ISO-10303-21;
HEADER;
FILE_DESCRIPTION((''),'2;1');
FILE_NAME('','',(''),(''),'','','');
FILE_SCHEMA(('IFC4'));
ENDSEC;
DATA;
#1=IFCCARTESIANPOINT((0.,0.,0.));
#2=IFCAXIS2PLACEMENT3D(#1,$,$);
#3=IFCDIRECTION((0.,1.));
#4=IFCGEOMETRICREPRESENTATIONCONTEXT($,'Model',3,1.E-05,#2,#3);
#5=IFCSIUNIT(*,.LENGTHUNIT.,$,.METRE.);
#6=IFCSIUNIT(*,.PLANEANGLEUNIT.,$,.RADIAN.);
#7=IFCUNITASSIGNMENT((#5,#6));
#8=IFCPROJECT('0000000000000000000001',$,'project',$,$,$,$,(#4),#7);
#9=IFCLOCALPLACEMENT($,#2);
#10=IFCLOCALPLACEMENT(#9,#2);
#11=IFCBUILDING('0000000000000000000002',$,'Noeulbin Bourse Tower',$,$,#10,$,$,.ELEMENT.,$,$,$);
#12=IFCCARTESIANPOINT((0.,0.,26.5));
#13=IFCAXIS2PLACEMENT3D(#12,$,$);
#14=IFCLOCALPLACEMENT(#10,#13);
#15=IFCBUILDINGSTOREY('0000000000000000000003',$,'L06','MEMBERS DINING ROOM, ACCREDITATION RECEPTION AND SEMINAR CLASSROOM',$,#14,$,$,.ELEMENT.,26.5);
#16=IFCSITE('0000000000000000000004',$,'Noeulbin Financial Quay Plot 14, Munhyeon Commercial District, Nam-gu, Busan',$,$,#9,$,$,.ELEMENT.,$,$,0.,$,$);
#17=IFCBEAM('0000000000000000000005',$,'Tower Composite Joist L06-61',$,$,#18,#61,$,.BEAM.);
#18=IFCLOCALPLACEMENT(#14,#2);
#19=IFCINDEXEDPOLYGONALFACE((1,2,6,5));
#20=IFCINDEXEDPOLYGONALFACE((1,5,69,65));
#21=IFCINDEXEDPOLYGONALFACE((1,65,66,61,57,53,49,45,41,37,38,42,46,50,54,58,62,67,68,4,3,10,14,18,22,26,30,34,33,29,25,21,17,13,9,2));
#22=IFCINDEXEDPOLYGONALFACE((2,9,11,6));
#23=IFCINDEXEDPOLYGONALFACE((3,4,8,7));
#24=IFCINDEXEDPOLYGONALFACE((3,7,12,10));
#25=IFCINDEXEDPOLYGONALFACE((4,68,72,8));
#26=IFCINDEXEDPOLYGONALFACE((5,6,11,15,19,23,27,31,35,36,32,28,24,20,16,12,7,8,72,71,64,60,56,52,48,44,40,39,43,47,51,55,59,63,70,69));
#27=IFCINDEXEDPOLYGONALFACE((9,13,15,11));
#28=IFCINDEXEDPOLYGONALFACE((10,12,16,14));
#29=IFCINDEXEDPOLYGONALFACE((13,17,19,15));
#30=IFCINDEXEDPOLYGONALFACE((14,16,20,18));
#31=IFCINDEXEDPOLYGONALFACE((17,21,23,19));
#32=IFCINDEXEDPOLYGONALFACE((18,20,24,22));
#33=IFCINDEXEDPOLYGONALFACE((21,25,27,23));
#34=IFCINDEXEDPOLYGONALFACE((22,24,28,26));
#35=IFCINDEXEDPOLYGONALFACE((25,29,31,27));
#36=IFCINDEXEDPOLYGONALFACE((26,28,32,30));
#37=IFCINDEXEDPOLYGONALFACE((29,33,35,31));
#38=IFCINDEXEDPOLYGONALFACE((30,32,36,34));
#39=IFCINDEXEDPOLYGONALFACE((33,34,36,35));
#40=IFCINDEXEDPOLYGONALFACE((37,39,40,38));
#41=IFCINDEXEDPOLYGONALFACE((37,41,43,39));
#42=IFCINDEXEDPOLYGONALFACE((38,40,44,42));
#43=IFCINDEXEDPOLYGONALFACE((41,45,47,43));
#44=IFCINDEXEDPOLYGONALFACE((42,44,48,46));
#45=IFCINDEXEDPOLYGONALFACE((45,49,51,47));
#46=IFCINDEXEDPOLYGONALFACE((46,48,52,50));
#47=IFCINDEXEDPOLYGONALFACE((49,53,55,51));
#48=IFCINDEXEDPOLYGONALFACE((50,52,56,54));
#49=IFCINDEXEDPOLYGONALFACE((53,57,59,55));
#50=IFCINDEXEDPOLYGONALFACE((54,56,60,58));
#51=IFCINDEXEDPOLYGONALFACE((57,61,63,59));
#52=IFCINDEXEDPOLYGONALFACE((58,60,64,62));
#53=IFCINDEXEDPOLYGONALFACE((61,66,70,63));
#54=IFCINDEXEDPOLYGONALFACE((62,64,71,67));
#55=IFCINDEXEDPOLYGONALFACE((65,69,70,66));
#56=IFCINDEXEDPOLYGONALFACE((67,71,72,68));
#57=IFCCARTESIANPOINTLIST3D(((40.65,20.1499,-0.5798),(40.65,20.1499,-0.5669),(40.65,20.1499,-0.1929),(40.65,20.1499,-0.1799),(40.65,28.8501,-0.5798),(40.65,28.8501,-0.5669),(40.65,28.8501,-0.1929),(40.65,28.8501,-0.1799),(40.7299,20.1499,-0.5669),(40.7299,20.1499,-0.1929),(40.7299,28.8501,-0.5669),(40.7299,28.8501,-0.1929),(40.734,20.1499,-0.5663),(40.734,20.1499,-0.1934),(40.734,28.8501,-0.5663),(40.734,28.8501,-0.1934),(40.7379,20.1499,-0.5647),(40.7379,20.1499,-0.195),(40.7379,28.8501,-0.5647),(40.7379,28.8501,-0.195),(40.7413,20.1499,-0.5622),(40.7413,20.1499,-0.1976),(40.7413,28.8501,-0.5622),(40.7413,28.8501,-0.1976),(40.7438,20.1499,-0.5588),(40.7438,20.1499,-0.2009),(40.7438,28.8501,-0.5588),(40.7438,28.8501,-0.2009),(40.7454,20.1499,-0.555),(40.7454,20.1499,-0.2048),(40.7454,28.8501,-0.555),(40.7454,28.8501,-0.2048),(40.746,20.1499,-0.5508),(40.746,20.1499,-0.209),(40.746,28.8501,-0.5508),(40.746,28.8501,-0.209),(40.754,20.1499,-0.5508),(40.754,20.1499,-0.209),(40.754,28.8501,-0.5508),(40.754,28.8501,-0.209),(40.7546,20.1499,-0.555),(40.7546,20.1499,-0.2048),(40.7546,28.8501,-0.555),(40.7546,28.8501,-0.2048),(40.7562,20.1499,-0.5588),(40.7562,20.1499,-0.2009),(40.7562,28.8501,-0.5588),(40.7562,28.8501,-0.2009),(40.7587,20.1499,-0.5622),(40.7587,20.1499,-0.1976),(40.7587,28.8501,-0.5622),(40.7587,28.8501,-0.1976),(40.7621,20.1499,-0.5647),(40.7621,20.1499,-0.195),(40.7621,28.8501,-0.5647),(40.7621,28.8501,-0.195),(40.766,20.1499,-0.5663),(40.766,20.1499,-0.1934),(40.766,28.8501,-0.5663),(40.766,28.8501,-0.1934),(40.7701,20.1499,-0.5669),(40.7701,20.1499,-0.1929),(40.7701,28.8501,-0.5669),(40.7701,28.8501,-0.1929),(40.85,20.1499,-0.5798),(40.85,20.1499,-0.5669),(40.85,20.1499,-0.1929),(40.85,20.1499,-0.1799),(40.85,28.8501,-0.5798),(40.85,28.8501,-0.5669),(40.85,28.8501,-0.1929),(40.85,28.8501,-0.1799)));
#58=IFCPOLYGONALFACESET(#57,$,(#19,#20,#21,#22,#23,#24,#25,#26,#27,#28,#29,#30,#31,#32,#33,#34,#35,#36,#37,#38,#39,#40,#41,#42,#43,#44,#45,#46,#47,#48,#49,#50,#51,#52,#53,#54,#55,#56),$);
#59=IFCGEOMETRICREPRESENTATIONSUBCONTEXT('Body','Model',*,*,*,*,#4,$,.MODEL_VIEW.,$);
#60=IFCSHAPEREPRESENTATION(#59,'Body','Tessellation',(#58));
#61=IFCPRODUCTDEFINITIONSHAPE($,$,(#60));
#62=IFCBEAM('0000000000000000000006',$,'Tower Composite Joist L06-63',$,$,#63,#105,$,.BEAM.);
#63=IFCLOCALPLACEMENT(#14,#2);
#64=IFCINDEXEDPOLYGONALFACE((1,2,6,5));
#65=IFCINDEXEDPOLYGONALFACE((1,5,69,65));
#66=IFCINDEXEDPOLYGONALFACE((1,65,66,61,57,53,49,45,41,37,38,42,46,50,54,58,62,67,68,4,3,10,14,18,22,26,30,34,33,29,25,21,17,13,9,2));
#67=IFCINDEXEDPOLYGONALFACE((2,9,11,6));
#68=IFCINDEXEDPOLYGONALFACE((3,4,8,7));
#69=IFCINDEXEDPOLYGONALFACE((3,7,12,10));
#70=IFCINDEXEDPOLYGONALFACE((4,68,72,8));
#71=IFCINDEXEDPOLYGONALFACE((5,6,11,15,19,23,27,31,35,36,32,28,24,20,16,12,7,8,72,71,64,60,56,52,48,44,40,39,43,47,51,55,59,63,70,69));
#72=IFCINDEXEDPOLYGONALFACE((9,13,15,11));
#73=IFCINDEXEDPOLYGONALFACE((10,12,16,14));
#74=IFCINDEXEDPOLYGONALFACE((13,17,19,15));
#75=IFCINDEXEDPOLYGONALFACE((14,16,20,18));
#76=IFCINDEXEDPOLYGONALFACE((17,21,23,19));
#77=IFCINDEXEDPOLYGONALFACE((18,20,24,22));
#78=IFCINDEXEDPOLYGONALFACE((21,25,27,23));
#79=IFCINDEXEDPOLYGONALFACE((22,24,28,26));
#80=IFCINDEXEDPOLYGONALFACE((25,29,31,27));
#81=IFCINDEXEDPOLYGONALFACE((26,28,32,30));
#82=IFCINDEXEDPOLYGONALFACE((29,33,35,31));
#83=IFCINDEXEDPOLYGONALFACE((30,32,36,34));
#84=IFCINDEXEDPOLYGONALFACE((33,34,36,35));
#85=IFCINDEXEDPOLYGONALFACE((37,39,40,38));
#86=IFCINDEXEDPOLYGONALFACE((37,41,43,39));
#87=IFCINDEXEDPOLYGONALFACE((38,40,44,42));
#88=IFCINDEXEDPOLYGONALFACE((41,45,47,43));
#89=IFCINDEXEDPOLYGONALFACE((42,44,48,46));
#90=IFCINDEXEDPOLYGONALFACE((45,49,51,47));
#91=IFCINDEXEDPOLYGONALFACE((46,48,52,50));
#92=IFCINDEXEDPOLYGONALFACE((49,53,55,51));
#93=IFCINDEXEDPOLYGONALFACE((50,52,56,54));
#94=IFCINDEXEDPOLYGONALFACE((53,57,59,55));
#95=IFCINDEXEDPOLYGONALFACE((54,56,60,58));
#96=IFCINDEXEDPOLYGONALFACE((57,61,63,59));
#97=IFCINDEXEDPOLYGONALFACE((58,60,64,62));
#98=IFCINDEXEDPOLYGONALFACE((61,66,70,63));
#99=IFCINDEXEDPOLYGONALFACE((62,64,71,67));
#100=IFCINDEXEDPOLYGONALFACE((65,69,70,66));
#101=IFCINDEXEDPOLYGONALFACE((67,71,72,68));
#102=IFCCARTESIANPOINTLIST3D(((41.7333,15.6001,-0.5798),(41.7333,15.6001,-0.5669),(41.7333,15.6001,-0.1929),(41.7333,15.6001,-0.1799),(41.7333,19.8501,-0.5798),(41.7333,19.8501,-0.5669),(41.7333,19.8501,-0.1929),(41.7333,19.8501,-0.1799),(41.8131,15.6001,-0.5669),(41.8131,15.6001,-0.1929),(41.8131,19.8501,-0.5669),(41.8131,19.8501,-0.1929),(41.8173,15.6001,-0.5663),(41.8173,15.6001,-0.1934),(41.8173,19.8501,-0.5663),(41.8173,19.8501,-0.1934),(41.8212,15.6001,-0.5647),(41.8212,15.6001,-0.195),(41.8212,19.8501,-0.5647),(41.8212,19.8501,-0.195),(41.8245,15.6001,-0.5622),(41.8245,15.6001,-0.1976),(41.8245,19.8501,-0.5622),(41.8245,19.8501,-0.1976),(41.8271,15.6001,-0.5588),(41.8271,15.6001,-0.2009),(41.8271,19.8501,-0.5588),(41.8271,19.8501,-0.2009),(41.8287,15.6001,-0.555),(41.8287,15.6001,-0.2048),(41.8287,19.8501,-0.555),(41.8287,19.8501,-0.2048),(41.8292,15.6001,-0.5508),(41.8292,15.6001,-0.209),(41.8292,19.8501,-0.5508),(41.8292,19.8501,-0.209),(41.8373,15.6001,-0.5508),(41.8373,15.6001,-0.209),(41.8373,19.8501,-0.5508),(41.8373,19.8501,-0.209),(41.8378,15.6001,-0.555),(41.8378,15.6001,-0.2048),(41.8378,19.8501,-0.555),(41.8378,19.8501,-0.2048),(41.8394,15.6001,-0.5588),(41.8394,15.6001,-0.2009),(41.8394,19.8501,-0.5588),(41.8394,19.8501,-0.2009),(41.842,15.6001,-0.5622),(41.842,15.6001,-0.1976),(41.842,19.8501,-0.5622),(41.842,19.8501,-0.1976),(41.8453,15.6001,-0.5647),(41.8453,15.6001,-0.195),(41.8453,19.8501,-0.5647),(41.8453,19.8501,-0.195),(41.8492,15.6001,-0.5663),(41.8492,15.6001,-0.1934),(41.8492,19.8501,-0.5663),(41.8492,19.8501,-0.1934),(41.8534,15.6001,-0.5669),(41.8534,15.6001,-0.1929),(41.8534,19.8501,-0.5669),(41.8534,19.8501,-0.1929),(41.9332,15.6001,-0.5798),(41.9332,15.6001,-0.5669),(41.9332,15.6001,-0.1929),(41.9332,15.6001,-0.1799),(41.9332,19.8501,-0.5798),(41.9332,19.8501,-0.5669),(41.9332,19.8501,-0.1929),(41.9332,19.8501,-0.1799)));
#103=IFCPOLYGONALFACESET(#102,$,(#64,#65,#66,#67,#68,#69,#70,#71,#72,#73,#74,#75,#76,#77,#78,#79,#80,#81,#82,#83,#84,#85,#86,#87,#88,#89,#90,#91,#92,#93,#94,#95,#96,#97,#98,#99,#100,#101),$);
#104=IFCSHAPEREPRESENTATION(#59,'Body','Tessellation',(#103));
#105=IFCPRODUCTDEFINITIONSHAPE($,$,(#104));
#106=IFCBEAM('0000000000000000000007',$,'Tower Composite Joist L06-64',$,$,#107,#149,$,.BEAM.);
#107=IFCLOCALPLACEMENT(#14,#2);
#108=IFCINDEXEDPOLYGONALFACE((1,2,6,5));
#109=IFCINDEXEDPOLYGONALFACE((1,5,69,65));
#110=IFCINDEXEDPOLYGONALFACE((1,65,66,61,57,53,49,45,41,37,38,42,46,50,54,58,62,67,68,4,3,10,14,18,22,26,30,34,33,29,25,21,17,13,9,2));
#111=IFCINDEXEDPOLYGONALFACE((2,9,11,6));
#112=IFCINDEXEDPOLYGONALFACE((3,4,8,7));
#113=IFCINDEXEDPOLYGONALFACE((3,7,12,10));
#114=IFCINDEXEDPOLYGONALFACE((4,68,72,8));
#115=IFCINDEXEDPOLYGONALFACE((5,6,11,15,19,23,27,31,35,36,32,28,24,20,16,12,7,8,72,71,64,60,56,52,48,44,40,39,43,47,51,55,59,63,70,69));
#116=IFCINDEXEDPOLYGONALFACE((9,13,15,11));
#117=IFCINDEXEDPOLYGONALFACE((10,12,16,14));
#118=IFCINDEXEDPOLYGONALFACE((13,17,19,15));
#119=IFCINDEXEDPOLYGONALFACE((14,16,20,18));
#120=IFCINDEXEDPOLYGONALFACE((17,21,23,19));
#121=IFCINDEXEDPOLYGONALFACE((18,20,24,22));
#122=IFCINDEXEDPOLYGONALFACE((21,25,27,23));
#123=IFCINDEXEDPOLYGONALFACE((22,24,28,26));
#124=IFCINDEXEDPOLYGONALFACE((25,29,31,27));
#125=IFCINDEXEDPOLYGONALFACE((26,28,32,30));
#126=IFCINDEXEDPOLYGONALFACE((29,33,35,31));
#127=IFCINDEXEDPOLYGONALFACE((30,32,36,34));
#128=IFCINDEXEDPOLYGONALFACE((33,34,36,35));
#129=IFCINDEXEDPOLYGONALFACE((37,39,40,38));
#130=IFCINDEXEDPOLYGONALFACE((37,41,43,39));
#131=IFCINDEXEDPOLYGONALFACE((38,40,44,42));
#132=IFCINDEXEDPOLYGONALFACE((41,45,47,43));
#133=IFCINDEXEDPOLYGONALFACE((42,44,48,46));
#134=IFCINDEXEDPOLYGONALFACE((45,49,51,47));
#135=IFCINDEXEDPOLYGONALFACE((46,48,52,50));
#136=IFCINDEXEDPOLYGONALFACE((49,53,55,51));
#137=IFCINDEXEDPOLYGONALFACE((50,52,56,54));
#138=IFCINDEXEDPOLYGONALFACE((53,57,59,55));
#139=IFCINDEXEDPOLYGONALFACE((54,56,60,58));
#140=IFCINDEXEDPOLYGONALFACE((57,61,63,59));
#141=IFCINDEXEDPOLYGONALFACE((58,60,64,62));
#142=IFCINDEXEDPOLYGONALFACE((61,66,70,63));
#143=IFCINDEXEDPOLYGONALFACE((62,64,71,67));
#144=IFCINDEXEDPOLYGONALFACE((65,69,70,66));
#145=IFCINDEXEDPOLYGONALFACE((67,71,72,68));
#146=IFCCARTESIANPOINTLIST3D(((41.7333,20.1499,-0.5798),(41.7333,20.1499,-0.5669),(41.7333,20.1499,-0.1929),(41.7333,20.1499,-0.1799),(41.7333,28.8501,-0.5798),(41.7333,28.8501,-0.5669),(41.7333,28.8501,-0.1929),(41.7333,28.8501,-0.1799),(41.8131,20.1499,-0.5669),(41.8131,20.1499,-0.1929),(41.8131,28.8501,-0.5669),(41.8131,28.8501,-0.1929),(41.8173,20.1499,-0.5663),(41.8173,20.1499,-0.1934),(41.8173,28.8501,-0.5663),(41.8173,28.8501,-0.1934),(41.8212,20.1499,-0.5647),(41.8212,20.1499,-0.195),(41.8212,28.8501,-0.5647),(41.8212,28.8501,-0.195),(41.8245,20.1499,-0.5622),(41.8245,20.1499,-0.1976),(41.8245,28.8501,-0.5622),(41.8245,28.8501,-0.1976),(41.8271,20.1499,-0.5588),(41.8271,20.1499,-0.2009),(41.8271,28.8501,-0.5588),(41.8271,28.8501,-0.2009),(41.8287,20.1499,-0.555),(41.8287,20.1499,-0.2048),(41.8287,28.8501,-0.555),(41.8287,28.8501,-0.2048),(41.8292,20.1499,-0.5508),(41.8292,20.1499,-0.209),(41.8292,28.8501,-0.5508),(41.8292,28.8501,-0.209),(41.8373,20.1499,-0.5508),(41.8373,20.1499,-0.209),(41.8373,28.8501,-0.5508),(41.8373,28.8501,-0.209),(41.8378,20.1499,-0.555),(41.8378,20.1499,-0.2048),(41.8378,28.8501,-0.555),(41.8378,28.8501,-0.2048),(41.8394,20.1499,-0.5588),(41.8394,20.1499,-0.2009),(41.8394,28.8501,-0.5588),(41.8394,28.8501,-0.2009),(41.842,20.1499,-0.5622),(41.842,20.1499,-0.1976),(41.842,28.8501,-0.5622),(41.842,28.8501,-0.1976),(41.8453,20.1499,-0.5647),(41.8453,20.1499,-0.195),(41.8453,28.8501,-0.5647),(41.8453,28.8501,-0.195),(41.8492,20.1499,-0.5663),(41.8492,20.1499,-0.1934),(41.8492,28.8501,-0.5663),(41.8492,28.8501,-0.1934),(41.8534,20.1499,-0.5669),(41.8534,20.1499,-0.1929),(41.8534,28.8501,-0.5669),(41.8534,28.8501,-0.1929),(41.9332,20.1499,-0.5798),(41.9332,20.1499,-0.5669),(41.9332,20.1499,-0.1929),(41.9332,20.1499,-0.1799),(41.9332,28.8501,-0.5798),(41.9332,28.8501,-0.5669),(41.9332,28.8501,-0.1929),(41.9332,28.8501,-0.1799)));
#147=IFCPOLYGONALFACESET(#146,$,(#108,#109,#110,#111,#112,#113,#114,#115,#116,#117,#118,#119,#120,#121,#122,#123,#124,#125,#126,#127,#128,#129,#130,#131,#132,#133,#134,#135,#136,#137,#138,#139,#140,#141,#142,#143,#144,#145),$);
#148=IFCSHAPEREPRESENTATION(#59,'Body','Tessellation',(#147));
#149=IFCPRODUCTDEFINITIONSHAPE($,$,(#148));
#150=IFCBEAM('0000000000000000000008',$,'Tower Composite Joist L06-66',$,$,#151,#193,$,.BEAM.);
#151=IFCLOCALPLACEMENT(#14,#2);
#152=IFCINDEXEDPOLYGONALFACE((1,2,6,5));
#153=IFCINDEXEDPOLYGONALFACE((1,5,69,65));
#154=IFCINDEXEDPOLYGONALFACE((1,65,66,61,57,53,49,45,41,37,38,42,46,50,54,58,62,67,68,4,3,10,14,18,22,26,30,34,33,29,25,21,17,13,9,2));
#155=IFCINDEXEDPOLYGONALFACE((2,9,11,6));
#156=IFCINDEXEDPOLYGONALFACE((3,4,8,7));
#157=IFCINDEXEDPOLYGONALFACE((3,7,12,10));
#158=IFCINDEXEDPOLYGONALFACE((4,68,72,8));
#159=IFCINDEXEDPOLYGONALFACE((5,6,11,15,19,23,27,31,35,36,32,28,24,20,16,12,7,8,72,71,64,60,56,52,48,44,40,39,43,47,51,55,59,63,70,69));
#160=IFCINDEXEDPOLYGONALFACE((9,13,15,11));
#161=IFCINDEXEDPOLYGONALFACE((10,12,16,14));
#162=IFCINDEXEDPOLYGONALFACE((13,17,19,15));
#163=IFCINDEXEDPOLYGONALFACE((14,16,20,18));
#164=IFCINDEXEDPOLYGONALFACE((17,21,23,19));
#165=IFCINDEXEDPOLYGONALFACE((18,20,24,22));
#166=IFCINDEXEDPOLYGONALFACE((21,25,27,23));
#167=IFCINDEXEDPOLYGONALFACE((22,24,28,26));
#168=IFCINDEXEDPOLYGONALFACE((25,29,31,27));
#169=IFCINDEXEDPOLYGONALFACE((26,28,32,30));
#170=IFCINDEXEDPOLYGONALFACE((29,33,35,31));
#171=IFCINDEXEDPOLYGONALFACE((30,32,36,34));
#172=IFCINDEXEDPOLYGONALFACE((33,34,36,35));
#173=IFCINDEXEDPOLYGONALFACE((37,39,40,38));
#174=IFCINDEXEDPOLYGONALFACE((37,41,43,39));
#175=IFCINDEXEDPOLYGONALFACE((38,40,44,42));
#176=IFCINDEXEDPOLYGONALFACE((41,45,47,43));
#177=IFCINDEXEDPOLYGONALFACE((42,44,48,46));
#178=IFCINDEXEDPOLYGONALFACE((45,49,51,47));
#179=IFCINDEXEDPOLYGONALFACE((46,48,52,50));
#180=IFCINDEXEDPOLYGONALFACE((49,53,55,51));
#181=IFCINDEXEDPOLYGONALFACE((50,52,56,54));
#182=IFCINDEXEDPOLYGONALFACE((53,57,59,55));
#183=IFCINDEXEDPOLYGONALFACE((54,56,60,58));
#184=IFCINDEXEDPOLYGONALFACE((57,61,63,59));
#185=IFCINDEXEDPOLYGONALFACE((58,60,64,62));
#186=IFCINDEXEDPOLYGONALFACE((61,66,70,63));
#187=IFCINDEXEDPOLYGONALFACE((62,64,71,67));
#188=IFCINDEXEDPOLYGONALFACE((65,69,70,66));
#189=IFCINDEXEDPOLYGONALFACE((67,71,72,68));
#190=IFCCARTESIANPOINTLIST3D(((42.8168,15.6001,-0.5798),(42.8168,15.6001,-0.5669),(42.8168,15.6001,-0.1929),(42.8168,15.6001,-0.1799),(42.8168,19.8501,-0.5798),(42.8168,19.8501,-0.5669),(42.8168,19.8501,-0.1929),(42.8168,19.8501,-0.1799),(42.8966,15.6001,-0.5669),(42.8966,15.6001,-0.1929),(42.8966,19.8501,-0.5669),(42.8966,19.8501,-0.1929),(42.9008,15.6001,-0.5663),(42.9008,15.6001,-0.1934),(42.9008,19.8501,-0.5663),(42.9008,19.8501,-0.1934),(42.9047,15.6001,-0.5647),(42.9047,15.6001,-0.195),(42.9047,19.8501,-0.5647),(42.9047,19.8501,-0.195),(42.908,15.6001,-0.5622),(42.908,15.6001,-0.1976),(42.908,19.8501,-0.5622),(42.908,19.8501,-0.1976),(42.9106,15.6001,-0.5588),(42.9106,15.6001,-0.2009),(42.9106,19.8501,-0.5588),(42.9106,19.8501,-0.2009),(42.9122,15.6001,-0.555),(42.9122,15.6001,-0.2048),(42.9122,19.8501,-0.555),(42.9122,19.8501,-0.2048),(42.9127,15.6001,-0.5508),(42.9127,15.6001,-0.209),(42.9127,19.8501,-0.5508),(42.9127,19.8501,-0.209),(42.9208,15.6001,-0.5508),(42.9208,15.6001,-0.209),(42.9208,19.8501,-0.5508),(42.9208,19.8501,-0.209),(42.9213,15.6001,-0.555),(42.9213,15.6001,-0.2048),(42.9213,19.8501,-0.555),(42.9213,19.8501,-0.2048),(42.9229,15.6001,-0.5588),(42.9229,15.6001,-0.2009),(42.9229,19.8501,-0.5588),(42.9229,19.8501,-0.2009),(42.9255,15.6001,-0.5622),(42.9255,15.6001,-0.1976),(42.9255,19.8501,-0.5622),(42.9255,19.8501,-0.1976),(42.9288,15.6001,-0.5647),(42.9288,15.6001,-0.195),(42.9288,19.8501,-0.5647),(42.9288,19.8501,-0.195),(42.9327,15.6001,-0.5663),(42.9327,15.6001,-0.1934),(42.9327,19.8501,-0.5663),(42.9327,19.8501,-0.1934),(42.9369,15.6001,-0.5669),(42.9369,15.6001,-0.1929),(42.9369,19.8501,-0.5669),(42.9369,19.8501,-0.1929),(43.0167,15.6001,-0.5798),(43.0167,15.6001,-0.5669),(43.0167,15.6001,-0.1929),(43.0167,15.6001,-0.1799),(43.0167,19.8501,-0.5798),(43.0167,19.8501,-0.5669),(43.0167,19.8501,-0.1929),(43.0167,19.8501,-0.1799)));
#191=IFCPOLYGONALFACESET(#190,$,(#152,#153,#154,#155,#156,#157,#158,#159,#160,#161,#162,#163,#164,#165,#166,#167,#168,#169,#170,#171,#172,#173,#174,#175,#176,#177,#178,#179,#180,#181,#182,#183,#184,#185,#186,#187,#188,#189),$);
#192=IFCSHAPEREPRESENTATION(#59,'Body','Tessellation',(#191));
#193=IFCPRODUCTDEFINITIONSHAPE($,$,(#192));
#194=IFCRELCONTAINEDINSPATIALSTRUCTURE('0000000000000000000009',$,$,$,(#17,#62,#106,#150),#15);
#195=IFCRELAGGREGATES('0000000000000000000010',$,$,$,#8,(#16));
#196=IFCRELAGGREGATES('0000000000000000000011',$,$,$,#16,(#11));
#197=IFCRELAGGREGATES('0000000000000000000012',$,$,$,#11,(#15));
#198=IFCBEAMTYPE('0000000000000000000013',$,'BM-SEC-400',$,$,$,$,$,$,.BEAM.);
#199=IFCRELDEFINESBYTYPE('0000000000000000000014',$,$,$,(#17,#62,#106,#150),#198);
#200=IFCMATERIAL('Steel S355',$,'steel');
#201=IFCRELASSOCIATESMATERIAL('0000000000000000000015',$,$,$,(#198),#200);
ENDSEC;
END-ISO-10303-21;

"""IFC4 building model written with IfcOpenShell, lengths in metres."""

from ifc_helpers import new_model, si_unit, direction, frame, origin, origin_2d, place, context, subcontext, project, spatial, i_section, extrude, material, material_profile, profile_set, type_object, element, save


model = new_model("IFC4")

# Units and contexts
model_context = context("Model", 3, precision=1e-05, world=origin(), true_north=direction((0.0, 1.0)))
body_context = subcontext(model_context, "Body", "Model", "MODEL_VIEW")
ifc_project = project(units=[si_unit("LENGTHUNIT", "METRE"), si_unit("PLANEANGLEUNIT", "RADIAN")], contexts=[model_context])

# Site, building, storey
site_placement = place(None, origin())
site = spatial("IfcSite", under=ifc_project, at=site_placement, Name="Noeulbin Financial Quay Plot 14, Munhyeon Commercial District, Nam-gu, Busan", CompositionType="ELEMENT", RefElevation=0.0)
building_placement = place(site_placement, origin())
building = spatial("IfcBuilding", under=site, at=building_placement, Name="Noeulbin Bourse Tower", CompositionType="ELEMENT")
storey_placement = place(building_placement, frame((0.0, 0.0, 26.5)))
storey = spatial("IfcBuildingStorey", under=building, at=storey_placement, Name="L06", Description="MEMBERS DINING ROOM, ACCREDITATION RECEPTION AND SEMINAR CLASSROOM", CompositionType="ELEMENT", Elevation=26.5)

# Beams
ifc_material_1 = material(Name="Steel S355", Category="steel")
ifc_material_profile_1 = material_profile(ifc_material_1, i_section(OverallWidth=0.2, OverallDepth=0.3999, WebThickness=0.0081, FlangeThickness=0.0129, FilletRadius=0.0161, at=origin_2d()), Name="H-400x200x8x13", Category="LoadBearing")
ifc_profile_set_1 = profile_set([ifc_material_profile_1], Name="Steel S355")
beam_type_1 = type_object("IfcBeamType", Name="BM-SEC-400", PredefinedType="BEAM", material=ifc_profile_set_1)
beam_1_placement = place(storey_placement, frame((40.75, 20.1499, -0.3799), z_axis=(0.0, 1.0, 0.0), x_axis=(-1.0, 0.0, 0.0)))
element("IfcBeam", 1, at=beam_1_placement, inside=storey, type_object=beam_type_1, Name="Tower Composite Joist L06-61", PredefinedType="BEAM", context=body_context, shape_type="SweptSolid", body=[
    extrude(i_section(OverallWidth=0.2, OverallDepth=0.3999, WebThickness=0.0081, FlangeThickness=0.0129, FilletRadius=0.0161, at=origin_2d()), origin(), (0.0, 0.0, 1.0), 8.7002),
])
beam_2_placement = place(storey_placement, frame((41.8333, 15.6001, -0.3799), z_axis=(0.0, 1.0, 0.0), x_axis=(-1.0, 0.0, 0.0)))
element("IfcBeam", 2, at=beam_2_placement, inside=storey, type_object=beam_type_1, Name="Tower Composite Joist L06-63", PredefinedType="BEAM", context=body_context, shape_type="SweptSolid", body=[
    extrude(i_section(OverallWidth=0.2, OverallDepth=0.3999, WebThickness=0.0081, FlangeThickness=0.0129, FilletRadius=0.0161, at=origin_2d()), origin(), (0.0, 0.0, 1.0), 4.25),
])
beam_3_placement = place(storey_placement, frame((41.8333, 20.1499, -0.3799), z_axis=(0.0, 1.0, 0.0), x_axis=(-1.0, 0.0, 0.0)))
element("IfcBeam", 3, at=beam_3_placement, inside=storey, type_object=beam_type_1, Name="Tower Composite Joist L06-64", PredefinedType="BEAM", context=body_context, shape_type="SweptSolid", body=[
    extrude(i_section(OverallWidth=0.2, OverallDepth=0.3999, WebThickness=0.0081, FlangeThickness=0.0129, FilletRadius=0.0161, at=origin_2d()), origin(), (0.0, 0.0, 1.0), 8.7002),
])
beam_4_placement = place(storey_placement, frame((42.9167, 15.6001, -0.3799), z_axis=(0.0, 1.0, 0.0), x_axis=(-1.0, 0.0, 0.0)))
element("IfcBeam", 4, at=beam_4_placement, inside=storey, type_object=beam_type_1, Name="Tower Composite Joist L06-66", PredefinedType="BEAM", context=body_context, shape_type="SweptSolid", body=[
    extrude(i_section(OverallWidth=0.2, OverallDepth=0.3999, WebThickness=0.0081, FlangeThickness=0.0129, FilletRadius=0.0161, at=origin_2d()), origin(), (0.0, 0.0, 1.0), 4.25),
])

save(model, "model.ifc")
